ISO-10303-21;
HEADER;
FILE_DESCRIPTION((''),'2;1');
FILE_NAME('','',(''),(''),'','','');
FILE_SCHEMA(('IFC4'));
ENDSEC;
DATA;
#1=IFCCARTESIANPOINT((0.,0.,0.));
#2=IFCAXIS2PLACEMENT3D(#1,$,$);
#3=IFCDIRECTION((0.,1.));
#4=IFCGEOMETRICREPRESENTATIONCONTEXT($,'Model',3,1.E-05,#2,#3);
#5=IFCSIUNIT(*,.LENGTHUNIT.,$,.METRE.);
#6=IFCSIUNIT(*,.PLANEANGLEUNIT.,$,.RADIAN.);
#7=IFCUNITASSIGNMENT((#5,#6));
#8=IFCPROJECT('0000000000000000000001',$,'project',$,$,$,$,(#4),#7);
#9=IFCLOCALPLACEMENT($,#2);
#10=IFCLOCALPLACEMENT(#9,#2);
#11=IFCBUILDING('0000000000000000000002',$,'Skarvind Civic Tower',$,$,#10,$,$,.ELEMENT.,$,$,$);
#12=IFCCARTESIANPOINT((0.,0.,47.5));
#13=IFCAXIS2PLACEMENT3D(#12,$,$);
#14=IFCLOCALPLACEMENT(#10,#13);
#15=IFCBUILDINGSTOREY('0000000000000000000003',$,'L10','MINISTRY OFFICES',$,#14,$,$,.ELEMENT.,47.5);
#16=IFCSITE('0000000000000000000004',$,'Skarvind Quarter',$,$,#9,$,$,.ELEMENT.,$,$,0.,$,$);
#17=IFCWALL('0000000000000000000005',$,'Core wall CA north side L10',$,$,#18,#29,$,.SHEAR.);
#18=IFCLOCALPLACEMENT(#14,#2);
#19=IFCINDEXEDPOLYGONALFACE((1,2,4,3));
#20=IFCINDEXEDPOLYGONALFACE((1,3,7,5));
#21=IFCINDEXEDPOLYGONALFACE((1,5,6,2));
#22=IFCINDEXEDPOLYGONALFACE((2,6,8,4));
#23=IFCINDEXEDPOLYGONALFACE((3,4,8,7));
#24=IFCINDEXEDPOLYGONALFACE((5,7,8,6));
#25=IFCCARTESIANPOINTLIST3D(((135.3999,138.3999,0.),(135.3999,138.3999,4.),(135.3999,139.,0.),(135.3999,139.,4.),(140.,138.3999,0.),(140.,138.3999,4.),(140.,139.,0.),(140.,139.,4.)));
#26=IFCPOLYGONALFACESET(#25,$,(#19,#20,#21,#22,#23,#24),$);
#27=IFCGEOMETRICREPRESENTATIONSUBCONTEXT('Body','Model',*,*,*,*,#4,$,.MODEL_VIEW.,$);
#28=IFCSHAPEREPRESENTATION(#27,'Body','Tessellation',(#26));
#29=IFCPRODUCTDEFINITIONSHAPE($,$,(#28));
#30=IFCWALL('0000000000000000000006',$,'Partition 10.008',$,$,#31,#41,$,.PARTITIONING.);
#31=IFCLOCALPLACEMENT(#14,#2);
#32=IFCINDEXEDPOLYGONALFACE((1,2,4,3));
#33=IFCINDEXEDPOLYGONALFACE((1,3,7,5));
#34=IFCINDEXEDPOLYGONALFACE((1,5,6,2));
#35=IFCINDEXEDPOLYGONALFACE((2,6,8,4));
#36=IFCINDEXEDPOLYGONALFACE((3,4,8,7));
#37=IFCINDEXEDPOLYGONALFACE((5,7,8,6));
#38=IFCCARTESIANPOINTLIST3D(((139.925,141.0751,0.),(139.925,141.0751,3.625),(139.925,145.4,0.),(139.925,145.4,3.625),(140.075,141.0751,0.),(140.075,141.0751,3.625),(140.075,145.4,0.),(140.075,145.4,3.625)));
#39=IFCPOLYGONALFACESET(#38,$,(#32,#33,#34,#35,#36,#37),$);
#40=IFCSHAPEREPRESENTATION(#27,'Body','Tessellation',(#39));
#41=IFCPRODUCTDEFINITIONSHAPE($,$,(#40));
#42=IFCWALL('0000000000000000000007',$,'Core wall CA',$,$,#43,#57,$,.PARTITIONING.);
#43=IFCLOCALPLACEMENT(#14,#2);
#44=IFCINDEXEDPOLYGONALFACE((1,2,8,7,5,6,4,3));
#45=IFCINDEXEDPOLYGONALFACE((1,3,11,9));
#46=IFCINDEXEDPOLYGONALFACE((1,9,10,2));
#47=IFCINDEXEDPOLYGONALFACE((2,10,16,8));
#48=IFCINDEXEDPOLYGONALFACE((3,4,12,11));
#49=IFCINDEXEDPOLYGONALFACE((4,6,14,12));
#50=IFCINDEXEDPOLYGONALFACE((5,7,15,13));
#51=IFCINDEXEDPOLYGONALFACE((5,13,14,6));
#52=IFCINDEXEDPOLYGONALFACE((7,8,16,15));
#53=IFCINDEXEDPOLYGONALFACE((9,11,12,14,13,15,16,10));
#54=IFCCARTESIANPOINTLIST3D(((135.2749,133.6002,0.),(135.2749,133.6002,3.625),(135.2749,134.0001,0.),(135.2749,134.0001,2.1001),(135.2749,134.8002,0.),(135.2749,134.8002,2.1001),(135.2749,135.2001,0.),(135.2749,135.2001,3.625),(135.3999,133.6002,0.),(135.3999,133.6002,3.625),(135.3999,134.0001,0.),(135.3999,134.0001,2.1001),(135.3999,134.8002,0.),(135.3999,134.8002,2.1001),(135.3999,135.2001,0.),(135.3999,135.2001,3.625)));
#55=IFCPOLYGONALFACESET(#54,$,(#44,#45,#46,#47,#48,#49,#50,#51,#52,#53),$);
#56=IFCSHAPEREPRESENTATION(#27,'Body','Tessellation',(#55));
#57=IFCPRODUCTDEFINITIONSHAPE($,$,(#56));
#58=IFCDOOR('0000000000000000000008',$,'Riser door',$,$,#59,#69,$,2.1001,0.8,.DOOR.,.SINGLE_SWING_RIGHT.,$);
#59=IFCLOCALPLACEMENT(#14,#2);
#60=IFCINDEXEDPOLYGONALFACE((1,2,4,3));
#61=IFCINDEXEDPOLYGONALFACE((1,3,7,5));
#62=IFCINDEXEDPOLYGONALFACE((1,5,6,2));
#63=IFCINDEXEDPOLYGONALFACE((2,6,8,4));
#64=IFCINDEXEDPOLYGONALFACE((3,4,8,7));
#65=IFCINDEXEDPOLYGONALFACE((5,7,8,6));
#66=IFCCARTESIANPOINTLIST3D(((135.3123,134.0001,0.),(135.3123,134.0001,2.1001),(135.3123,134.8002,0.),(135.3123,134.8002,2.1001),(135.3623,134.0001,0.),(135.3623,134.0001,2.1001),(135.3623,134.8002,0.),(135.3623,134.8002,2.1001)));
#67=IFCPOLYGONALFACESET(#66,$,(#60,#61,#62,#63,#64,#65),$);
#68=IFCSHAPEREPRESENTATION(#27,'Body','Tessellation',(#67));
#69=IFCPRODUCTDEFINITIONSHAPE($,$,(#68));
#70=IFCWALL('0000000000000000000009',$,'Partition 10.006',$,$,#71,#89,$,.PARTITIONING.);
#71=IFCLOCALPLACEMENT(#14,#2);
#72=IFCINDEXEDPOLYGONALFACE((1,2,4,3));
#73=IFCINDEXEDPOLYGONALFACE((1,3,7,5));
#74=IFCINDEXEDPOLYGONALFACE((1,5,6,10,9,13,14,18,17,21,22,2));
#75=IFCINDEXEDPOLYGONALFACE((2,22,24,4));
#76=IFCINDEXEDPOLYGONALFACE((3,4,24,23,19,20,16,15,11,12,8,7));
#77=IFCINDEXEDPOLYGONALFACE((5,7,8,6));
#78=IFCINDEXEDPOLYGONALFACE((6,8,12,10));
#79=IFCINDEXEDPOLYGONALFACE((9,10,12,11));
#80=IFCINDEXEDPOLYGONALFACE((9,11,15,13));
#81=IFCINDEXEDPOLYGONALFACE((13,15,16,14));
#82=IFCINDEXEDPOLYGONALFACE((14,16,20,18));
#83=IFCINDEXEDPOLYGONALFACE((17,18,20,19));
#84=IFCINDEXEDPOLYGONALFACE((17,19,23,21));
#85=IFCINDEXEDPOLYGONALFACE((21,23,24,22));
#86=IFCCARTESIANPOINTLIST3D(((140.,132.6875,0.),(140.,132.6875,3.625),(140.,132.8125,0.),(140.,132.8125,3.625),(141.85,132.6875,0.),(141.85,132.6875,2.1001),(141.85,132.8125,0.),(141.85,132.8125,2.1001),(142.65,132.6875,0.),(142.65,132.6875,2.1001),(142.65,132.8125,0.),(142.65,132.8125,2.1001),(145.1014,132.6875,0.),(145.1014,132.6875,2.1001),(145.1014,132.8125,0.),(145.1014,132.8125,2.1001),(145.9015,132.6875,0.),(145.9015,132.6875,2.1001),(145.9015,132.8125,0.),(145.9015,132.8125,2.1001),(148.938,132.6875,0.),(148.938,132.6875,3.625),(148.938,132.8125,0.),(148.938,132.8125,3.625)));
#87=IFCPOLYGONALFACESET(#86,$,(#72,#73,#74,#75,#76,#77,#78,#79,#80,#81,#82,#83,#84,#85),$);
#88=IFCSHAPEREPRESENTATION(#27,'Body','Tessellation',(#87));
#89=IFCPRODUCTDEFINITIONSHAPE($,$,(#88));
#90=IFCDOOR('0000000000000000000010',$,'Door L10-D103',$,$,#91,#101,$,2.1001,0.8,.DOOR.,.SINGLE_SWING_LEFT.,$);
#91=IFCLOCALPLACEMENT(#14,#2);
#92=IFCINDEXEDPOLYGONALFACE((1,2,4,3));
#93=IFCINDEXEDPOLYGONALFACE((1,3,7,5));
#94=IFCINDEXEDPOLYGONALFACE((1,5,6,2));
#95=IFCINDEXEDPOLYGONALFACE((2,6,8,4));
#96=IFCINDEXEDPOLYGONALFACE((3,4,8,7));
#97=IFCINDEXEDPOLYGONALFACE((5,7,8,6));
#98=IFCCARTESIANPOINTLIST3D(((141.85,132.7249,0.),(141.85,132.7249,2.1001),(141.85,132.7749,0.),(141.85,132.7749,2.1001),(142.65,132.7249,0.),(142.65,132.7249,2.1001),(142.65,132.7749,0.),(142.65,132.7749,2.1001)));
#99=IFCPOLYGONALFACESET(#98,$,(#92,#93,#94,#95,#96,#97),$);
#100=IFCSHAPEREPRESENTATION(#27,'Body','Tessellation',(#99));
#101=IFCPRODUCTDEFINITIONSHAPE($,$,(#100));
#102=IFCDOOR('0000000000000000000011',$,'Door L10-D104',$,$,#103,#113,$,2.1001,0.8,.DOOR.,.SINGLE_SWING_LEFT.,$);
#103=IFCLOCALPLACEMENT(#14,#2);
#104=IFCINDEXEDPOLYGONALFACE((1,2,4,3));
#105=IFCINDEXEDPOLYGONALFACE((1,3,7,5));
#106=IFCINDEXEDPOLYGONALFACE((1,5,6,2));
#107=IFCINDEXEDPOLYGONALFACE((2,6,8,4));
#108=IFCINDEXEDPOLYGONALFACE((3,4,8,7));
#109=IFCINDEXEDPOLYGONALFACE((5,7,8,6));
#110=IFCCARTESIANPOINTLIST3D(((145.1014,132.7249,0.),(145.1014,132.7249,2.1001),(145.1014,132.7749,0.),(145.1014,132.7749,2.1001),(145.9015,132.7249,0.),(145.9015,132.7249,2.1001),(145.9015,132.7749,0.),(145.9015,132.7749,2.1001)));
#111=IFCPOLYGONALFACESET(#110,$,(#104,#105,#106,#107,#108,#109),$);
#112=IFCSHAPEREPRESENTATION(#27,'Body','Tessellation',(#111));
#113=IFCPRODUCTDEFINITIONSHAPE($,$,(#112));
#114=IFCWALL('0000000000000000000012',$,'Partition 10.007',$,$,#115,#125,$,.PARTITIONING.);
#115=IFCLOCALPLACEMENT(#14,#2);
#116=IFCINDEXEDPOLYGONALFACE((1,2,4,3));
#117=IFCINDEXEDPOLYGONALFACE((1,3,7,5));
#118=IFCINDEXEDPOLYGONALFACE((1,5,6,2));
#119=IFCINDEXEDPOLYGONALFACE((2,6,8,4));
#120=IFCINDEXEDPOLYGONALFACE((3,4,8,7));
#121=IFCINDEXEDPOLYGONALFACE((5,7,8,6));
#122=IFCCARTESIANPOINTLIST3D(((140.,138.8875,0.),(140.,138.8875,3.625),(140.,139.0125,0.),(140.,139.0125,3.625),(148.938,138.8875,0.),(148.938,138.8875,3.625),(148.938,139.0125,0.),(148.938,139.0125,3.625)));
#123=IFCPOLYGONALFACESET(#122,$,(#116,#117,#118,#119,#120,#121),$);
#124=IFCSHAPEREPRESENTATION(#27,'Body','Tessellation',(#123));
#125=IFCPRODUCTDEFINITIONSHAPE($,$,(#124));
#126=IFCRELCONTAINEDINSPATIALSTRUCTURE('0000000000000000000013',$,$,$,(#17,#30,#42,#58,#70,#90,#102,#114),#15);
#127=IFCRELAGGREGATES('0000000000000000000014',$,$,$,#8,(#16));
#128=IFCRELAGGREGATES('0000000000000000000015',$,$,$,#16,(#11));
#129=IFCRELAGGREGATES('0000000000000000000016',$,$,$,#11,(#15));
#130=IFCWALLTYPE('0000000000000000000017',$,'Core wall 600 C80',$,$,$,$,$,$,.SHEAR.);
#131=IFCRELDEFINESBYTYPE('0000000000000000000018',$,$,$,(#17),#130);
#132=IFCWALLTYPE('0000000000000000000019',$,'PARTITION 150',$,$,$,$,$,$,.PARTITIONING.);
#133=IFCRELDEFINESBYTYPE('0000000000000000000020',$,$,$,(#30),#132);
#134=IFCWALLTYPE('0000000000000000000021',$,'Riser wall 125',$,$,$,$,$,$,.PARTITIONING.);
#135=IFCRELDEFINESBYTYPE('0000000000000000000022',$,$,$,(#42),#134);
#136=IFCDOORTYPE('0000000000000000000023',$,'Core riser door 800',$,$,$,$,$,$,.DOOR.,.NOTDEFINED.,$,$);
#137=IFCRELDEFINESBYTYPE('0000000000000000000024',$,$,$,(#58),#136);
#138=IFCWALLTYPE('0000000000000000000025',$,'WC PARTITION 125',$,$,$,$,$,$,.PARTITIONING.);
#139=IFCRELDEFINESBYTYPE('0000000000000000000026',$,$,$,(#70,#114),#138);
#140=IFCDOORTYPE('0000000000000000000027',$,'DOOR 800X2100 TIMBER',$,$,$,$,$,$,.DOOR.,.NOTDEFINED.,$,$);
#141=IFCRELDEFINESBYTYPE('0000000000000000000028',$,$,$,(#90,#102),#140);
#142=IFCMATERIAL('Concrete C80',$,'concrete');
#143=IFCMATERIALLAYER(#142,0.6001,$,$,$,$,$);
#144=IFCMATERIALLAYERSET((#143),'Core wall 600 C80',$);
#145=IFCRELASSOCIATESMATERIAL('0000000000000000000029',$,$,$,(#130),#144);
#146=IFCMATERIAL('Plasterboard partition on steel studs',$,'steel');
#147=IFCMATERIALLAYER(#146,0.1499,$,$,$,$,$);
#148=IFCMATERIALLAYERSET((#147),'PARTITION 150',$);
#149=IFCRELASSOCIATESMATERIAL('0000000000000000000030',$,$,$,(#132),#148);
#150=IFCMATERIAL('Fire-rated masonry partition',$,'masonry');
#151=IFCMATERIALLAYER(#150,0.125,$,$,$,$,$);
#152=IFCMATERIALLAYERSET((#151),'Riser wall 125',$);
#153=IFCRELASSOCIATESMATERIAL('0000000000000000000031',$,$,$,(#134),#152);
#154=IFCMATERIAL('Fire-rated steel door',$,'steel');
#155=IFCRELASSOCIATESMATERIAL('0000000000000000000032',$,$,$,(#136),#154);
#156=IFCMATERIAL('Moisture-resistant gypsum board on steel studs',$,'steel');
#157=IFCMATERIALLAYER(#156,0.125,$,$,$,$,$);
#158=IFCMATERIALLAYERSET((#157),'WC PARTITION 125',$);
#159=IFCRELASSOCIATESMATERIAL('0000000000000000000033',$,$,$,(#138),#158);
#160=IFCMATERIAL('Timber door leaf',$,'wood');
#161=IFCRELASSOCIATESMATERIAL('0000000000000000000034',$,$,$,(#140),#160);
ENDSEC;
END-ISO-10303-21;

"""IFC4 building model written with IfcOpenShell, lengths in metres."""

from ifc_helpers import new_model, si_unit, direction, frame, frame_2d, origin, place, context, subcontext, project, spatial, rectangle, extrude, material, layer, layer_set, type_object, element, fill, save


model = new_model("IFC4")

# Units and contexts
model_context = context("Model", 3, precision=1e-05, world=origin(), true_north=direction((0.0, 1.0)))
body_context = subcontext(model_context, "Body", "Model", "MODEL_VIEW")
ifc_project = project(units=[si_unit("LENGTHUNIT", "METRE"), si_unit("PLANEANGLEUNIT", "RADIAN")], contexts=[model_context])

# Site, building, storey
site_placement = place(None, origin())
site = spatial("IfcSite", under=ifc_project, at=site_placement, Name="Skarvind Quarter", CompositionType="ELEMENT", RefElevation=0.0)
building_placement = place(site_placement, origin())
building = spatial("IfcBuilding", under=site, at=building_placement, Name="Skarvind Civic Tower", CompositionType="ELEMENT")
storey_placement = place(building_placement, frame((0.0, 0.0, 47.5)))
storey = spatial("IfcBuildingStorey", under=building, at=storey_placement, Name="L10", Description="MINISTRY OFFICES", CompositionType="ELEMENT", Elevation=47.5)

# Shared definitions
ifc_material_1 = material(Name="Timber door leaf", Category="wood")

# Shared definitions
ifc_material_2 = material(Name="Fire-rated masonry partition", Category="masonry")
ifc_material_3 = material(Name="Fire-rated steel door", Category="steel")
ifc_material_4 = material(Name="Concrete C80", Category="concrete")

# Walls
ifc_layer_1 = layer(ifc_material_4, 0.6001)
ifc_layer_set_1 = layer_set([ifc_layer_1], Name="Core wall 600 C80")
wall_type_1 = type_object("IfcWallType", Name="Core wall 600 C80", PredefinedType="SHEAR", material=ifc_layer_set_1)
wall_1_placement = place(storey_placement, frame((135.3999, 138.7, 0.0), z_axis=(0.0, 0.0, 1.0), x_axis=(1.0, 0.0, 0.0)))
element("IfcWall", 1, at=wall_1_placement, inside=storey, type_object=wall_type_1, Name="Core wall CA north side L10", PredefinedType="SHEAR", context=body_context, shape_type="SweptSolid", body=[
    extrude(rectangle(XDim=4.6001, YDim=0.6001, at=frame_2d((2.3, 0.0))), origin(), (0.0, 0.0, 1.0), 4.0),
])
ifc_material_5 = material(Name="Plasterboard partition on steel studs", Category="steel")
ifc_layer_2 = layer(ifc_material_5, 0.1499)
ifc_layer_set_2 = layer_set([ifc_layer_2], Name="PARTITION 150")
wall_type_2 = type_object("IfcWallType", Name="PARTITION 150", PredefinedType="PARTITIONING", material=ifc_layer_set_2)
wall_2_placement = place(storey_placement, frame((140.0, 141.075, 0.0), z_axis=(0.0, 0.0, 1.0), x_axis=(0.0, 1.0, 0.0)))
element("IfcWall", 2, at=wall_2_placement, inside=storey, type_object=wall_type_2, Name="Partition 10.008", PredefinedType="PARTITIONING", context=body_context, shape_type="SweptSolid", body=[
    extrude(rectangle(XDim=4.325, YDim=0.1499, at=frame_2d((2.1626, 0.0))), origin(), (0.0, 0.0, 1.0), 3.625),
])

# Wall, opening, door
ifc_layer_3 = layer(ifc_material_2, 0.125)
ifc_layer_set_3 = layer_set([ifc_layer_3], Name="Riser wall 125")
wall_type_3 = type_object("IfcWallType", Name="Riser wall 125", PredefinedType="PARTITIONING", material=ifc_layer_set_3)
wall_3_placement = place(storey_placement, frame((135.3374, 135.2, 0.0), z_axis=(0.0, 0.0, 1.0), x_axis=(0.0, -1.0, 0.0)))
wall_3 = element("IfcWall", 3, at=wall_3_placement, inside=storey, type_object=wall_type_3, Name="Core wall CA", PredefinedType="PARTITIONING", context=body_context, shape_type="SweptSolid", body=[
    extrude(rectangle(XDim=1.5999, YDim=0.125, at=frame_2d((0.7998, 0.0))), origin(), (0.0, 0.0, 1.0), 3.625),
])
opening_1_placement = place(wall_3_placement, frame((0.3999, 0.0, 0.0)))
opening_1 = element("IfcOpeningElement", 4, at=opening_1_placement, cuts=wall_3, PredefinedType="OPENING", context=body_context, shape_type="SweptSolid", body=[
    extrude(rectangle(XDim=0.8, YDim=2.1001, at=frame_2d((0.3999, 1.05))), frame((0.0, 0.0725, 0.0), z_axis=(0.0, -1.0, 0.0), x_axis=(1.0, 0.0, 0.0)), (0.0, 0.0, 1.0), 0.145),
])
door_type_1 = type_object("IfcDoorType", Name="Core riser door 800", OperationType="NOTDEFINED", PredefinedType="DOOR", material=ifc_material_3)
door_1_placement = place(opening_1_placement, origin())
door_1 = element("IfcDoor", 5, at=door_1_placement, inside=storey, type_object=door_type_1, Name="Riser door", OperationType="SINGLE_SWING_RIGHT", OverallHeight=2.1001, OverallWidth=0.8, PredefinedType="DOOR", context=body_context, shape_type="SweptSolid", body=[
    extrude(rectangle(XDim=0.8, YDim=2.1001, at=frame_2d((0.3999, 1.05))), frame((0.0, 0.0249, 0.0), z_axis=(0.0, -1.0, 0.0), x_axis=(1.0, 0.0, 0.0)), (0.0, 0.0, 1.0), 0.05),
])
fill(opening_1, door_1)

# Wall, openings, doors
ifc_material_6 = material(Name="Moisture-resistant gypsum board on steel studs", Category="steel")
ifc_layer_4 = layer(ifc_material_6, 0.125)
ifc_layer_set_4 = layer_set([ifc_layer_4], Name="WC PARTITION 125")
wall_type_4 = type_object("IfcWallType", Name="WC PARTITION 125", PredefinedType="PARTITIONING", material=ifc_layer_set_4)
wall_4_placement = place(storey_placement, frame((140.0, 132.75, 0.0), z_axis=(0.0, 0.0, 1.0), x_axis=(1.0, 0.0, 0.0)))
wall_4 = element("IfcWall", 6, at=wall_4_placement, inside=storey, type_object=wall_type_4, Name="Partition 10.006", PredefinedType="PARTITIONING", context=body_context, shape_type="SweptSolid", body=[
    extrude(rectangle(XDim=8.938, YDim=0.125, at=frame_2d((4.469, 0.0))), origin(), (0.0, 0.0, 1.0), 3.625),
])
opening_2_placement = place(wall_4_placement, frame((1.8501, 0.0, 0.0)))
opening_2 = element("IfcOpeningElement", 7, at=opening_2_placement, cuts=wall_4, PredefinedType="OPENING", context=body_context, shape_type="SweptSolid", body=[
    extrude(rectangle(XDim=0.8, YDim=2.1001, at=frame_2d((0.3999, 1.05))), frame((0.0, 0.0725, 0.0), z_axis=(0.0, -1.0, 0.0), x_axis=(1.0, 0.0, 0.0)), (0.0, 0.0, 1.0), 0.145),
])
opening_3_placement = place(wall_4_placement, frame((5.1016, 0.0, 0.0)))
opening_3 = element("IfcOpeningElement", 8, at=opening_3_placement, cuts=wall_4, PredefinedType="OPENING", context=body_context, shape_type="SweptSolid", body=[
    extrude(rectangle(XDim=0.8, YDim=2.1001, at=frame_2d((0.3999, 1.05))), frame((0.0, 0.0725, 0.0), z_axis=(0.0, -1.0, 0.0), x_axis=(1.0, 0.0, 0.0)), (0.0, 0.0, 1.0), 0.145),
])
door_type_2 = type_object("IfcDoorType", Name="DOOR 800X2100 TIMBER", OperationType="NOTDEFINED", PredefinedType="DOOR", material=ifc_material_1)
door_2_placement = place(opening_2_placement, origin())
door_2 = element("IfcDoor", 9, at=door_2_placement, inside=storey, type_object=door_type_2, Name="Door L10-D103", OperationType="SINGLE_SWING_LEFT", OverallHeight=2.1001, OverallWidth=0.8, PredefinedType="DOOR", context=body_context, shape_type="SweptSolid", body=[
    extrude(rectangle(XDim=0.8, YDim=2.1001, at=frame_2d((0.3999, 1.05))), frame((0.0, 0.0249, 0.0), z_axis=(0.0, -1.0, 0.0), x_axis=(1.0, 0.0, 0.0)), (0.0, 0.0, 1.0), 0.05),
])
fill(opening_2, door_2)
door_3_placement = place(opening_3_placement, origin())
door_3 = element("IfcDoor", 10, at=door_3_placement, inside=storey, type_object=door_type_2, Name="Door L10-D104", OperationType="SINGLE_SWING_LEFT", OverallHeight=2.1001, OverallWidth=0.8, PredefinedType="DOOR", context=body_context, shape_type="SweptSolid", body=[
    extrude(rectangle(XDim=0.8, YDim=2.1001, at=frame_2d((0.3999, 1.05))), frame((0.0, 0.0249, 0.0), z_axis=(0.0, -1.0, 0.0), x_axis=(1.0, 0.0, 0.0)), (0.0, 0.0, 1.0), 0.05),
])
fill(opening_3, door_3)

# Wall
wall_5_placement = place(storey_placement, frame((140.0, 138.95, 0.0), z_axis=(0.0, 0.0, 1.0), x_axis=(1.0, 0.0, 0.0)))
element("IfcWall", 11, at=wall_5_placement, inside=storey, type_object=wall_type_4, Name="Partition 10.007", PredefinedType="PARTITIONING", context=body_context, shape_type="SweptSolid", body=[
    extrude(rectangle(XDim=8.938, YDim=0.125, at=frame_2d((4.469, 0.0))), origin(), (0.0, 0.0, 1.0), 3.625),
])

save(model, "model.ifc")
